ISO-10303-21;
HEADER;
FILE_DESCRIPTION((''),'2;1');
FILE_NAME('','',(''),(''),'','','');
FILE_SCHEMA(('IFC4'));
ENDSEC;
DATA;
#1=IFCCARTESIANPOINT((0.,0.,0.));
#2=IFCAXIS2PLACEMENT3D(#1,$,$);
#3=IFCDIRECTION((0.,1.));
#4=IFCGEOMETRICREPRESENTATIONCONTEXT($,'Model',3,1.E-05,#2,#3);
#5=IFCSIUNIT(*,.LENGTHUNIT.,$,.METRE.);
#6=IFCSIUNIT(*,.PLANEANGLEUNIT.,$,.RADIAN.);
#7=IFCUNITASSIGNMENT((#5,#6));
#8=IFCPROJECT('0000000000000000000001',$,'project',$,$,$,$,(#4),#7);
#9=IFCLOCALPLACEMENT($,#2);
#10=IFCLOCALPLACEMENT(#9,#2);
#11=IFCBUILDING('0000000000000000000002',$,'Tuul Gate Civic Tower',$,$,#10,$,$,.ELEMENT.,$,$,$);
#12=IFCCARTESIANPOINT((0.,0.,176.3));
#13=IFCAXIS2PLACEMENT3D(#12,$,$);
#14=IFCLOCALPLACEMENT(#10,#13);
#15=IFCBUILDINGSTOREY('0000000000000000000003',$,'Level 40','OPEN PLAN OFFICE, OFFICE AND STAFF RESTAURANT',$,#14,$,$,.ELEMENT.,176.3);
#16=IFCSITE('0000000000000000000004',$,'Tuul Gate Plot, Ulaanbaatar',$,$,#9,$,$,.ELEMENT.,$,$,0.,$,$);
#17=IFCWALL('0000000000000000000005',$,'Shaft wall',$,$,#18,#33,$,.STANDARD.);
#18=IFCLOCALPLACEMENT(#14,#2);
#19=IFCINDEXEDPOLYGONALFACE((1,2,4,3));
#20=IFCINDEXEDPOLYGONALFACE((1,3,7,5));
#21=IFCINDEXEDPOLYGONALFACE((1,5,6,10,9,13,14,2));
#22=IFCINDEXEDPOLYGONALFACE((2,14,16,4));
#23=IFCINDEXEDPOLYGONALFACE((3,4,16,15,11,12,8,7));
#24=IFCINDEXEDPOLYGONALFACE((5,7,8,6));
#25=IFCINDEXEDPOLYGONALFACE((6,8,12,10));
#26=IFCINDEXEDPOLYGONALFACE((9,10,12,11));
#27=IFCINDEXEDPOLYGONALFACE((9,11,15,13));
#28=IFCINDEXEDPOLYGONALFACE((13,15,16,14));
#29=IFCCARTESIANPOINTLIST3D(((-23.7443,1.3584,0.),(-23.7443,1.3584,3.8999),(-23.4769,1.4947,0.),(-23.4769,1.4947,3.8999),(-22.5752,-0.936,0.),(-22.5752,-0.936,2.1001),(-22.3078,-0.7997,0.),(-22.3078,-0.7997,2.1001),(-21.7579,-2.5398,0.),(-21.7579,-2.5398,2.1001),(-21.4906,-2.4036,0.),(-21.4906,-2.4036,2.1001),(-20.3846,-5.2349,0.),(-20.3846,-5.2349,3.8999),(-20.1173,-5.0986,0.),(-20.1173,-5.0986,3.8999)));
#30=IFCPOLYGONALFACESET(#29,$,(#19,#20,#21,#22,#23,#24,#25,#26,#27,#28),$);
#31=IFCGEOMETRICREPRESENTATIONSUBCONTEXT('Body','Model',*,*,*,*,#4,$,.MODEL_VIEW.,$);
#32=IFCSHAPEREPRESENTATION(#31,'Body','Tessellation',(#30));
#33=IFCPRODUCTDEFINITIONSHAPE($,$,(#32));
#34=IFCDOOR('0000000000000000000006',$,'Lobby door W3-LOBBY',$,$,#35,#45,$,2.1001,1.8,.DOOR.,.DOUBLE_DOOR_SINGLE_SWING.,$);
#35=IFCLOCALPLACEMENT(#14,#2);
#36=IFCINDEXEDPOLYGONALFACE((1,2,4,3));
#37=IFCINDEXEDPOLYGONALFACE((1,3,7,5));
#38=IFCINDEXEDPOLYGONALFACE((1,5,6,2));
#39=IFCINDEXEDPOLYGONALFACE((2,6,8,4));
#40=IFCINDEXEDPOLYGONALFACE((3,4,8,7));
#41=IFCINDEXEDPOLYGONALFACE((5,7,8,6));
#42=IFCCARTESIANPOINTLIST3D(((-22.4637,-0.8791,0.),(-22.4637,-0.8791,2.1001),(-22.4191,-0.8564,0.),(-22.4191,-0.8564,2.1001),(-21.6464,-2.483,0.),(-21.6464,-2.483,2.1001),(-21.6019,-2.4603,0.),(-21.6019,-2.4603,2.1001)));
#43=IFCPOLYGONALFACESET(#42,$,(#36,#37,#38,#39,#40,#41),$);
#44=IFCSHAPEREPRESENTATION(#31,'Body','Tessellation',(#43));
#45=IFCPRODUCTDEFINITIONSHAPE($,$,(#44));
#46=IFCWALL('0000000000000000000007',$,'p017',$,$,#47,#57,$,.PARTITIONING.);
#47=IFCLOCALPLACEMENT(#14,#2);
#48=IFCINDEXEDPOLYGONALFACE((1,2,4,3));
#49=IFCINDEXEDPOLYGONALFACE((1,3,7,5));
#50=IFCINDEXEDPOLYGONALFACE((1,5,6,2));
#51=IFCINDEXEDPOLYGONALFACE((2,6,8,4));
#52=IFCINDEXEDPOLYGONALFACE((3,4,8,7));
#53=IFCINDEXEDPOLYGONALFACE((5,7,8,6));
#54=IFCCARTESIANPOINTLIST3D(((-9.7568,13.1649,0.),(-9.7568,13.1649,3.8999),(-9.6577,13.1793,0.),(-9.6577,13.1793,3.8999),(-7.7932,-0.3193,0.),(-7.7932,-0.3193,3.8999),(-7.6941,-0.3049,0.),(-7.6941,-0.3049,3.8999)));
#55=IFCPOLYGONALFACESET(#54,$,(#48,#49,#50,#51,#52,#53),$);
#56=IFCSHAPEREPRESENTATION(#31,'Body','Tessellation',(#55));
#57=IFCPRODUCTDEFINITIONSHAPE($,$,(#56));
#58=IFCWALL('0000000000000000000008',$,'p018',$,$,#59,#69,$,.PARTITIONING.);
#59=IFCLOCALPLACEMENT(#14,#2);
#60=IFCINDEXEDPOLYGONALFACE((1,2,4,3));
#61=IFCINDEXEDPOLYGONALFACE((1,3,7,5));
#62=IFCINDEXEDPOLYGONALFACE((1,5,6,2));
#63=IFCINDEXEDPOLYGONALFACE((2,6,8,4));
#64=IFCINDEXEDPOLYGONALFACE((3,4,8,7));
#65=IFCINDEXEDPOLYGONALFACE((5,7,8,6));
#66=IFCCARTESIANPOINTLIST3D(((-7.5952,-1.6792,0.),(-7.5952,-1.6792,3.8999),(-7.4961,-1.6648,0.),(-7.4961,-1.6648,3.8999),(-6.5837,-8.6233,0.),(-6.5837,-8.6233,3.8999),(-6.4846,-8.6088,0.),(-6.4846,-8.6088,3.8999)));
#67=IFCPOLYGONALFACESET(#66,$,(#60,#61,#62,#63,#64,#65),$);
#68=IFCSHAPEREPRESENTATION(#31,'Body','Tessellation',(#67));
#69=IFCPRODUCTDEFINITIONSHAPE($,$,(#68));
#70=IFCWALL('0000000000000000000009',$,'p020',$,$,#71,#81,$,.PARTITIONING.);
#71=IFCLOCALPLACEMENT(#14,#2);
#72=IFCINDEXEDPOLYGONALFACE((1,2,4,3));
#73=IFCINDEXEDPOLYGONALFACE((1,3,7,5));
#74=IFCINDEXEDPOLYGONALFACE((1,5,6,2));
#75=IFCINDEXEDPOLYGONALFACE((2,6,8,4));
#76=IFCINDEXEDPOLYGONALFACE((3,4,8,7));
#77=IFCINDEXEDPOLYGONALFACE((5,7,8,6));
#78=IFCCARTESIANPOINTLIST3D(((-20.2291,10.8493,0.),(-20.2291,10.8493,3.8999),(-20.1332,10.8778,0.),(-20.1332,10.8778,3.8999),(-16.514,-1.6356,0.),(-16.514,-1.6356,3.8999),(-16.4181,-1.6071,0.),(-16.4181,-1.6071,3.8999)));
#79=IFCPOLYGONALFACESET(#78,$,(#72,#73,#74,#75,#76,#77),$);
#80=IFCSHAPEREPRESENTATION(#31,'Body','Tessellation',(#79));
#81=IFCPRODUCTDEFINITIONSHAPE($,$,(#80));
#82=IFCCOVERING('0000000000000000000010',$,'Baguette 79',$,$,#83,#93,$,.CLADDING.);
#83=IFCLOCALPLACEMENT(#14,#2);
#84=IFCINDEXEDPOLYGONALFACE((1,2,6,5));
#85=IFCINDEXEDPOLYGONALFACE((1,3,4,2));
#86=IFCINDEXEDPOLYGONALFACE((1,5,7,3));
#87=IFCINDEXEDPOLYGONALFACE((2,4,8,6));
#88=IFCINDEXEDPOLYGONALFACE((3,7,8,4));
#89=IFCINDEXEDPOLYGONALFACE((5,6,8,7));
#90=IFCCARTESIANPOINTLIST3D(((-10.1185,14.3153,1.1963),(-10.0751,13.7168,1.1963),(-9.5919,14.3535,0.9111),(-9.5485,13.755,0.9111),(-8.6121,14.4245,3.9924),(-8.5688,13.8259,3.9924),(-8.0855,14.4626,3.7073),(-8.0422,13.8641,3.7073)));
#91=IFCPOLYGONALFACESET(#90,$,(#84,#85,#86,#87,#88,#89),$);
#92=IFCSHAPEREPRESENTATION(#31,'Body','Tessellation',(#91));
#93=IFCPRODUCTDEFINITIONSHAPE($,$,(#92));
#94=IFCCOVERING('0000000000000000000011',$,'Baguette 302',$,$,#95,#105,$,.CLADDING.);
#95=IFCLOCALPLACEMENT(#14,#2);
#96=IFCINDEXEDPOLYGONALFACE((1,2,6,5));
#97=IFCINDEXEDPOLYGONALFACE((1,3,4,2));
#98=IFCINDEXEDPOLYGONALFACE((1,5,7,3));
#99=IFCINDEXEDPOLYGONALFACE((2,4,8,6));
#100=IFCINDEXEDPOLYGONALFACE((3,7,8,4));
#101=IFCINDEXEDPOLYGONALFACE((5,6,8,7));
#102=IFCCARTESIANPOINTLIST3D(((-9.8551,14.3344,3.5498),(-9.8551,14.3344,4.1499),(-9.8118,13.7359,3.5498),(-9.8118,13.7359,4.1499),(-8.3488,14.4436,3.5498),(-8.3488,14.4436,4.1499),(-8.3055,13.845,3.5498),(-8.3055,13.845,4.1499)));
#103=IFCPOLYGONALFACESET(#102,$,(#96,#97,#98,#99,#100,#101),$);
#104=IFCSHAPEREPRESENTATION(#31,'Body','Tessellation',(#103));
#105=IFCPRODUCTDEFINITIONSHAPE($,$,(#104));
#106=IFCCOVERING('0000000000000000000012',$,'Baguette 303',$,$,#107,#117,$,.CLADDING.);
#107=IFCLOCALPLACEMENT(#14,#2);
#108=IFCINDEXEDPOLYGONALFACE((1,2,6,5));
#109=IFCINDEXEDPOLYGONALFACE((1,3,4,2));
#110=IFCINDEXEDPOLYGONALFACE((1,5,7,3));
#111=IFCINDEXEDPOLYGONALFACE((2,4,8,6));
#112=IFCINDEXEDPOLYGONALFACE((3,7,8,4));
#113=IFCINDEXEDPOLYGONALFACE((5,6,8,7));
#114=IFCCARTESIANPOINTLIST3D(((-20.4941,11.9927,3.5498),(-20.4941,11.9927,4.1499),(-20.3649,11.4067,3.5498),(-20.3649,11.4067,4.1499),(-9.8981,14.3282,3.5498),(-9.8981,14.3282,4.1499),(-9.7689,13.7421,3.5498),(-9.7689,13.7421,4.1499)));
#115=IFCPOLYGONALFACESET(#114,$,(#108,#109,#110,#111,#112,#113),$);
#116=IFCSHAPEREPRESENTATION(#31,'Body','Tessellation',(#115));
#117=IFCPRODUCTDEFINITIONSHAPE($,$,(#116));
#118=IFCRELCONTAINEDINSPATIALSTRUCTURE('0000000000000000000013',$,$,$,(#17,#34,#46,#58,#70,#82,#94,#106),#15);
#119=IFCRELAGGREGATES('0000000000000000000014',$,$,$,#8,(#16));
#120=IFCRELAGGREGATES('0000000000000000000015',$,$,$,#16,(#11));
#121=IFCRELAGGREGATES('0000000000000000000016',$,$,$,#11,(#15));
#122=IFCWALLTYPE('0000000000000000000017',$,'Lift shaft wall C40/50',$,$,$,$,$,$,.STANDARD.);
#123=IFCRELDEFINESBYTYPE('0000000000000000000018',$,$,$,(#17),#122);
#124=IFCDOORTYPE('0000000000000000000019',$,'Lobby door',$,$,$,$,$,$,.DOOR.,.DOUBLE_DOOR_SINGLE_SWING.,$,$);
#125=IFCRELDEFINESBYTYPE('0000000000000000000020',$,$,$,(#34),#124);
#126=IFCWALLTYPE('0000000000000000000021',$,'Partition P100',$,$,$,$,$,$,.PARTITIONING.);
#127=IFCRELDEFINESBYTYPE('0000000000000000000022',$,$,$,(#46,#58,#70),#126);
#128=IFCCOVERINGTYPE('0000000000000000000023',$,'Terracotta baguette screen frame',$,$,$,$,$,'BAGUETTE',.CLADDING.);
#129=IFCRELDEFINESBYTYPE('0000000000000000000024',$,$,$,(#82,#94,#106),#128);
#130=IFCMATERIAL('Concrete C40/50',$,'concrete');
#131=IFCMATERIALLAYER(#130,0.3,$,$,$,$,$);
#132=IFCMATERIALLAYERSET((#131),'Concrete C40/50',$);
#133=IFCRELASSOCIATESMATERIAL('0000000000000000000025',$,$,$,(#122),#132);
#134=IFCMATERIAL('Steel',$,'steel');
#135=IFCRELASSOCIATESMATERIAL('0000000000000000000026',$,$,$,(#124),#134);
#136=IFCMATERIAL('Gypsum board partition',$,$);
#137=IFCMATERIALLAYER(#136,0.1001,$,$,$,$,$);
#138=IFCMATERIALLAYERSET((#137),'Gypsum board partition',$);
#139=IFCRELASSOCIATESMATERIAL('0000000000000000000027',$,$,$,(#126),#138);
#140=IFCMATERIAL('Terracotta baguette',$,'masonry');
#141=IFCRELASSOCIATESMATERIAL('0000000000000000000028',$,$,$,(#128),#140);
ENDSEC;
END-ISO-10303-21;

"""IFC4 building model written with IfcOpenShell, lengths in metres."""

from ifc_helpers import new_model, si_unit, direction, frame, frame_2d, origin, origin_2d, place, context, subcontext, project, spatial, rectangle, extrude, material, layer, layer_set, material_profile, profile_set, type_object, element, fill, save


model = new_model("IFC4")

# Units and contexts
model_context = context("Model", 3, precision=1e-05, world=origin(), true_north=direction((0.0, 1.0)))
body_context = subcontext(model_context, "Body", "Model", "MODEL_VIEW")
ifc_project = project(units=[si_unit("LENGTHUNIT", "METRE"), si_unit("PLANEANGLEUNIT", "RADIAN")], contexts=[model_context])

# Site, building, storey
site_placement = place(None, origin())
site = spatial("IfcSite", under=ifc_project, at=site_placement, Name="Tuul Gate Plot, Ulaanbaatar", CompositionType="ELEMENT", RefElevation=0.0)
building_placement = place(site_placement, origin())
building = spatial("IfcBuilding", under=site, at=building_placement, Name="Tuul Gate Civic Tower", CompositionType="ELEMENT")
storey_placement = place(building_placement, frame((0.0, 0.0, 176.3)))
storey = spatial("IfcBuildingStorey", under=building, at=storey_placement, Name="Level 40", Description="OPEN PLAN OFFICE, OFFICE AND STAFF RESTAURANT", CompositionType="ELEMENT", Elevation=176.3)

# Shared definitions
ifc_material_1 = material(Name="Concrete C40/50", Category="concrete")
ifc_layer_1 = layer(ifc_material_1, 0.3)
ifc_layer_set_1 = layer_set([ifc_layer_1], Name="Concrete C40/50")
wall_type_1 = type_object("IfcWallType", Name="Lift shaft wall C40/50", PredefinedType="STANDARD", material=ifc_layer_set_1)

# Wall, opening, door
wall_1_placement = place(storey_placement, frame((-20.251, -5.1667, 0.0), z_axis=(0.0, 0.0, 1.0), x_axis=(-0.45401, 0.890996, 0.0)))
wall_1 = element("IfcWall", 1, at=wall_1_placement, inside=storey, type_object=wall_type_1, Name="Shaft wall", PredefinedType="STANDARD", context=body_context, shape_type="SweptSolid", body=[
    extrude(rectangle(XDim=7.3999, YDim=0.3, at=frame_2d((3.7, 0.0))), origin(), (0.0, 0.0, 1.0), 3.8999),
])
opening_1_placement = place(wall_1_placement, frame((3.0249, 0.0, 0.0)))
opening_1 = element("IfcOpeningElement", 2, at=opening_1_placement, cuts=wall_1, PredefinedType="OPENING", context=body_context, shape_type="SweptSolid", body=[
    extrude(rectangle(XDim=1.8, YDim=2.1001, at=frame_2d((0.8999, 1.05))), frame((0.0, 0.1602, 0.0), z_axis=(0.0, -1.0, 0.0), x_axis=(1.0, 0.0, 0.0)), (0.0, 0.0, 1.0), 0.3201),
])
ifc_material_2 = material(Name="Steel", Category="steel")
door_type_1 = type_object("IfcDoorType", Name="Lobby door", OperationType="DOUBLE_DOOR_SINGLE_SWING", PredefinedType="DOOR", material=ifc_material_2)
door_1_placement = place(opening_1_placement, origin())
door_1 = element("IfcDoor", 3, at=door_1_placement, inside=storey, type_object=door_type_1, Name="Lobby door W3-LOBBY", OperationType="DOUBLE_DOOR_SINGLE_SWING", OverallHeight=2.1001, OverallWidth=1.8, PredefinedType="DOOR", context=body_context, shape_type="SweptSolid", body=[
    extrude(rectangle(XDim=1.8, YDim=2.1001, at=frame_2d((0.8999, 1.05))), frame((0.0, 0.0249, 0.0), z_axis=(0.0, -1.0, 0.0), x_axis=(1.0, 0.0, 0.0)), (0.0, 0.0, 1.0), 0.05),
])
fill(opening_1, door_1)

# Walls
ifc_material_3 = material(Name="Gypsum board partition")
ifc_layer_2 = layer(ifc_material_3, 0.1001)
ifc_layer_set_2 = layer_set([ifc_layer_2], Name="Gypsum board partition")
wall_type_2 = type_object("IfcWallType", Name="Partition P100", PredefinedType="PARTITIONING", material=ifc_layer_set_2)
wall_2_placement = place(storey_placement, frame((-9.7073, 13.1721, 0.0), z_axis=(0.0, 0.0, 1.0), x_axis=(0.144105, -0.989562, 0.0)))
element("IfcWall", 4, at=wall_2_placement, inside=storey, type_object=wall_type_2, Name="p017", PredefinedType="PARTITIONING", context=body_context, shape_type="SweptSolid", body=[
    extrude(rectangle(XDim=13.6265, YDim=0.1001, at=frame_2d((6.8132, 0.0))), origin(), (0.0, 0.0, 1.0), 3.8999),
])
wall_3_placement = place(storey_placement, frame((-7.5457, -1.6719, 0.0), z_axis=(0.0, 0.0, 1.0), x_axis=(0.144139, -0.989557, 0.0)))
element("IfcWall", 5, at=wall_3_placement, inside=storey, type_object=wall_type_2, Name="p018", PredefinedType="PARTITIONING", context=body_context, shape_type="SweptSolid", body=[
    extrude(rectangle(XDim=7.0173, YDim=0.1001, at=frame_2d((3.5088, 0.0))), origin(), (0.0, 0.0, 1.0), 3.8999),
])
wall_4_placement = place(storey_placement, frame((-20.1812, 10.8635, 0.0), z_axis=(0.0, 0.0, 1.0), x_axis=(0.285208, -0.958466, 0.0)))
element("IfcWall", 6, at=wall_4_placement, inside=storey, type_object=wall_type_2, Name="p020", PredefinedType="PARTITIONING", context=body_context, shape_type="SweptSolid", body=[
    extrude(rectangle(XDim=13.0259, YDim=0.1001, at=frame_2d((6.5129, 0.0))), origin(), (0.0, 0.0, 1.0), 3.8999),
])

# Coverings
ifc_material_4 = material(Name="Terracotta baguette", Category="masonry")
ifc_material_profile_1 = material_profile(ifc_material_4, rectangle(XDim=0.6001, YDim=0.6001, at=origin_2d()), Name="Terracotta baguette screen frame")
ifc_profile_set_1 = profile_set([ifc_material_profile_1], Name="Terracotta baguette")
covering_type = type_object("IfcCoveringType", Name="Terracotta baguette screen frame", ElementType="BAGUETTE", PredefinedType="CLADDING", material=ifc_profile_set_1)
covering_1_placement = place(storey_placement, frame((-8.3271, 14.1443, 3.8499), z_axis=(-0.473999, -0.03434, -0.879856), x_axis=(0.072258, -0.997386, 0.0)))
element("IfcCovering", 7, at=covering_1_placement, inside=storey, type_object=covering_type, Name="Baguette 79", PredefinedType="CLADDING", context=body_context, shape_type="SweptSolid", body=[
    extrude(rectangle(XDim=0.6001, YDim=0.6001, at=origin_2d()), origin(), (0.0, 0.0, 1.0), 3.178),
])
covering_2_placement = place(storey_placement, frame((-8.3271, 14.1443, 3.8499), z_axis=(-0.997386, -0.072258, 0.0), x_axis=(0.072258, -0.997386, 0.0)))
element("IfcCovering", 8, at=covering_2_placement, inside=storey, type_object=covering_type, Name="Baguette 302", PredefinedType="CLADDING", context=body_context, shape_type="SweptSolid", body=[
    extrude(rectangle(XDim=0.6001, YDim=0.6001, at=origin_2d()), origin(), (0.0, 0.0, 1.0), 1.5103),
])
covering_3_placement = place(storey_placement, frame((-9.8335, 14.0352, 3.8499), z_axis=(-0.97656, -0.215243, 0.0), x_axis=(0.215243, -0.97656, 0.0)))
element("IfcCovering", 9, at=covering_3_placement, inside=storey, type_object=covering_type, Name="Baguette 303", PredefinedType="CLADDING", context=body_context, shape_type="SweptSolid", body=[
    extrude(rectangle(XDim=0.6001, YDim=0.6001, at=origin_2d()), origin(), (0.0, 0.0, 1.0), 10.8503),
])

save(model, "model.ifc")
